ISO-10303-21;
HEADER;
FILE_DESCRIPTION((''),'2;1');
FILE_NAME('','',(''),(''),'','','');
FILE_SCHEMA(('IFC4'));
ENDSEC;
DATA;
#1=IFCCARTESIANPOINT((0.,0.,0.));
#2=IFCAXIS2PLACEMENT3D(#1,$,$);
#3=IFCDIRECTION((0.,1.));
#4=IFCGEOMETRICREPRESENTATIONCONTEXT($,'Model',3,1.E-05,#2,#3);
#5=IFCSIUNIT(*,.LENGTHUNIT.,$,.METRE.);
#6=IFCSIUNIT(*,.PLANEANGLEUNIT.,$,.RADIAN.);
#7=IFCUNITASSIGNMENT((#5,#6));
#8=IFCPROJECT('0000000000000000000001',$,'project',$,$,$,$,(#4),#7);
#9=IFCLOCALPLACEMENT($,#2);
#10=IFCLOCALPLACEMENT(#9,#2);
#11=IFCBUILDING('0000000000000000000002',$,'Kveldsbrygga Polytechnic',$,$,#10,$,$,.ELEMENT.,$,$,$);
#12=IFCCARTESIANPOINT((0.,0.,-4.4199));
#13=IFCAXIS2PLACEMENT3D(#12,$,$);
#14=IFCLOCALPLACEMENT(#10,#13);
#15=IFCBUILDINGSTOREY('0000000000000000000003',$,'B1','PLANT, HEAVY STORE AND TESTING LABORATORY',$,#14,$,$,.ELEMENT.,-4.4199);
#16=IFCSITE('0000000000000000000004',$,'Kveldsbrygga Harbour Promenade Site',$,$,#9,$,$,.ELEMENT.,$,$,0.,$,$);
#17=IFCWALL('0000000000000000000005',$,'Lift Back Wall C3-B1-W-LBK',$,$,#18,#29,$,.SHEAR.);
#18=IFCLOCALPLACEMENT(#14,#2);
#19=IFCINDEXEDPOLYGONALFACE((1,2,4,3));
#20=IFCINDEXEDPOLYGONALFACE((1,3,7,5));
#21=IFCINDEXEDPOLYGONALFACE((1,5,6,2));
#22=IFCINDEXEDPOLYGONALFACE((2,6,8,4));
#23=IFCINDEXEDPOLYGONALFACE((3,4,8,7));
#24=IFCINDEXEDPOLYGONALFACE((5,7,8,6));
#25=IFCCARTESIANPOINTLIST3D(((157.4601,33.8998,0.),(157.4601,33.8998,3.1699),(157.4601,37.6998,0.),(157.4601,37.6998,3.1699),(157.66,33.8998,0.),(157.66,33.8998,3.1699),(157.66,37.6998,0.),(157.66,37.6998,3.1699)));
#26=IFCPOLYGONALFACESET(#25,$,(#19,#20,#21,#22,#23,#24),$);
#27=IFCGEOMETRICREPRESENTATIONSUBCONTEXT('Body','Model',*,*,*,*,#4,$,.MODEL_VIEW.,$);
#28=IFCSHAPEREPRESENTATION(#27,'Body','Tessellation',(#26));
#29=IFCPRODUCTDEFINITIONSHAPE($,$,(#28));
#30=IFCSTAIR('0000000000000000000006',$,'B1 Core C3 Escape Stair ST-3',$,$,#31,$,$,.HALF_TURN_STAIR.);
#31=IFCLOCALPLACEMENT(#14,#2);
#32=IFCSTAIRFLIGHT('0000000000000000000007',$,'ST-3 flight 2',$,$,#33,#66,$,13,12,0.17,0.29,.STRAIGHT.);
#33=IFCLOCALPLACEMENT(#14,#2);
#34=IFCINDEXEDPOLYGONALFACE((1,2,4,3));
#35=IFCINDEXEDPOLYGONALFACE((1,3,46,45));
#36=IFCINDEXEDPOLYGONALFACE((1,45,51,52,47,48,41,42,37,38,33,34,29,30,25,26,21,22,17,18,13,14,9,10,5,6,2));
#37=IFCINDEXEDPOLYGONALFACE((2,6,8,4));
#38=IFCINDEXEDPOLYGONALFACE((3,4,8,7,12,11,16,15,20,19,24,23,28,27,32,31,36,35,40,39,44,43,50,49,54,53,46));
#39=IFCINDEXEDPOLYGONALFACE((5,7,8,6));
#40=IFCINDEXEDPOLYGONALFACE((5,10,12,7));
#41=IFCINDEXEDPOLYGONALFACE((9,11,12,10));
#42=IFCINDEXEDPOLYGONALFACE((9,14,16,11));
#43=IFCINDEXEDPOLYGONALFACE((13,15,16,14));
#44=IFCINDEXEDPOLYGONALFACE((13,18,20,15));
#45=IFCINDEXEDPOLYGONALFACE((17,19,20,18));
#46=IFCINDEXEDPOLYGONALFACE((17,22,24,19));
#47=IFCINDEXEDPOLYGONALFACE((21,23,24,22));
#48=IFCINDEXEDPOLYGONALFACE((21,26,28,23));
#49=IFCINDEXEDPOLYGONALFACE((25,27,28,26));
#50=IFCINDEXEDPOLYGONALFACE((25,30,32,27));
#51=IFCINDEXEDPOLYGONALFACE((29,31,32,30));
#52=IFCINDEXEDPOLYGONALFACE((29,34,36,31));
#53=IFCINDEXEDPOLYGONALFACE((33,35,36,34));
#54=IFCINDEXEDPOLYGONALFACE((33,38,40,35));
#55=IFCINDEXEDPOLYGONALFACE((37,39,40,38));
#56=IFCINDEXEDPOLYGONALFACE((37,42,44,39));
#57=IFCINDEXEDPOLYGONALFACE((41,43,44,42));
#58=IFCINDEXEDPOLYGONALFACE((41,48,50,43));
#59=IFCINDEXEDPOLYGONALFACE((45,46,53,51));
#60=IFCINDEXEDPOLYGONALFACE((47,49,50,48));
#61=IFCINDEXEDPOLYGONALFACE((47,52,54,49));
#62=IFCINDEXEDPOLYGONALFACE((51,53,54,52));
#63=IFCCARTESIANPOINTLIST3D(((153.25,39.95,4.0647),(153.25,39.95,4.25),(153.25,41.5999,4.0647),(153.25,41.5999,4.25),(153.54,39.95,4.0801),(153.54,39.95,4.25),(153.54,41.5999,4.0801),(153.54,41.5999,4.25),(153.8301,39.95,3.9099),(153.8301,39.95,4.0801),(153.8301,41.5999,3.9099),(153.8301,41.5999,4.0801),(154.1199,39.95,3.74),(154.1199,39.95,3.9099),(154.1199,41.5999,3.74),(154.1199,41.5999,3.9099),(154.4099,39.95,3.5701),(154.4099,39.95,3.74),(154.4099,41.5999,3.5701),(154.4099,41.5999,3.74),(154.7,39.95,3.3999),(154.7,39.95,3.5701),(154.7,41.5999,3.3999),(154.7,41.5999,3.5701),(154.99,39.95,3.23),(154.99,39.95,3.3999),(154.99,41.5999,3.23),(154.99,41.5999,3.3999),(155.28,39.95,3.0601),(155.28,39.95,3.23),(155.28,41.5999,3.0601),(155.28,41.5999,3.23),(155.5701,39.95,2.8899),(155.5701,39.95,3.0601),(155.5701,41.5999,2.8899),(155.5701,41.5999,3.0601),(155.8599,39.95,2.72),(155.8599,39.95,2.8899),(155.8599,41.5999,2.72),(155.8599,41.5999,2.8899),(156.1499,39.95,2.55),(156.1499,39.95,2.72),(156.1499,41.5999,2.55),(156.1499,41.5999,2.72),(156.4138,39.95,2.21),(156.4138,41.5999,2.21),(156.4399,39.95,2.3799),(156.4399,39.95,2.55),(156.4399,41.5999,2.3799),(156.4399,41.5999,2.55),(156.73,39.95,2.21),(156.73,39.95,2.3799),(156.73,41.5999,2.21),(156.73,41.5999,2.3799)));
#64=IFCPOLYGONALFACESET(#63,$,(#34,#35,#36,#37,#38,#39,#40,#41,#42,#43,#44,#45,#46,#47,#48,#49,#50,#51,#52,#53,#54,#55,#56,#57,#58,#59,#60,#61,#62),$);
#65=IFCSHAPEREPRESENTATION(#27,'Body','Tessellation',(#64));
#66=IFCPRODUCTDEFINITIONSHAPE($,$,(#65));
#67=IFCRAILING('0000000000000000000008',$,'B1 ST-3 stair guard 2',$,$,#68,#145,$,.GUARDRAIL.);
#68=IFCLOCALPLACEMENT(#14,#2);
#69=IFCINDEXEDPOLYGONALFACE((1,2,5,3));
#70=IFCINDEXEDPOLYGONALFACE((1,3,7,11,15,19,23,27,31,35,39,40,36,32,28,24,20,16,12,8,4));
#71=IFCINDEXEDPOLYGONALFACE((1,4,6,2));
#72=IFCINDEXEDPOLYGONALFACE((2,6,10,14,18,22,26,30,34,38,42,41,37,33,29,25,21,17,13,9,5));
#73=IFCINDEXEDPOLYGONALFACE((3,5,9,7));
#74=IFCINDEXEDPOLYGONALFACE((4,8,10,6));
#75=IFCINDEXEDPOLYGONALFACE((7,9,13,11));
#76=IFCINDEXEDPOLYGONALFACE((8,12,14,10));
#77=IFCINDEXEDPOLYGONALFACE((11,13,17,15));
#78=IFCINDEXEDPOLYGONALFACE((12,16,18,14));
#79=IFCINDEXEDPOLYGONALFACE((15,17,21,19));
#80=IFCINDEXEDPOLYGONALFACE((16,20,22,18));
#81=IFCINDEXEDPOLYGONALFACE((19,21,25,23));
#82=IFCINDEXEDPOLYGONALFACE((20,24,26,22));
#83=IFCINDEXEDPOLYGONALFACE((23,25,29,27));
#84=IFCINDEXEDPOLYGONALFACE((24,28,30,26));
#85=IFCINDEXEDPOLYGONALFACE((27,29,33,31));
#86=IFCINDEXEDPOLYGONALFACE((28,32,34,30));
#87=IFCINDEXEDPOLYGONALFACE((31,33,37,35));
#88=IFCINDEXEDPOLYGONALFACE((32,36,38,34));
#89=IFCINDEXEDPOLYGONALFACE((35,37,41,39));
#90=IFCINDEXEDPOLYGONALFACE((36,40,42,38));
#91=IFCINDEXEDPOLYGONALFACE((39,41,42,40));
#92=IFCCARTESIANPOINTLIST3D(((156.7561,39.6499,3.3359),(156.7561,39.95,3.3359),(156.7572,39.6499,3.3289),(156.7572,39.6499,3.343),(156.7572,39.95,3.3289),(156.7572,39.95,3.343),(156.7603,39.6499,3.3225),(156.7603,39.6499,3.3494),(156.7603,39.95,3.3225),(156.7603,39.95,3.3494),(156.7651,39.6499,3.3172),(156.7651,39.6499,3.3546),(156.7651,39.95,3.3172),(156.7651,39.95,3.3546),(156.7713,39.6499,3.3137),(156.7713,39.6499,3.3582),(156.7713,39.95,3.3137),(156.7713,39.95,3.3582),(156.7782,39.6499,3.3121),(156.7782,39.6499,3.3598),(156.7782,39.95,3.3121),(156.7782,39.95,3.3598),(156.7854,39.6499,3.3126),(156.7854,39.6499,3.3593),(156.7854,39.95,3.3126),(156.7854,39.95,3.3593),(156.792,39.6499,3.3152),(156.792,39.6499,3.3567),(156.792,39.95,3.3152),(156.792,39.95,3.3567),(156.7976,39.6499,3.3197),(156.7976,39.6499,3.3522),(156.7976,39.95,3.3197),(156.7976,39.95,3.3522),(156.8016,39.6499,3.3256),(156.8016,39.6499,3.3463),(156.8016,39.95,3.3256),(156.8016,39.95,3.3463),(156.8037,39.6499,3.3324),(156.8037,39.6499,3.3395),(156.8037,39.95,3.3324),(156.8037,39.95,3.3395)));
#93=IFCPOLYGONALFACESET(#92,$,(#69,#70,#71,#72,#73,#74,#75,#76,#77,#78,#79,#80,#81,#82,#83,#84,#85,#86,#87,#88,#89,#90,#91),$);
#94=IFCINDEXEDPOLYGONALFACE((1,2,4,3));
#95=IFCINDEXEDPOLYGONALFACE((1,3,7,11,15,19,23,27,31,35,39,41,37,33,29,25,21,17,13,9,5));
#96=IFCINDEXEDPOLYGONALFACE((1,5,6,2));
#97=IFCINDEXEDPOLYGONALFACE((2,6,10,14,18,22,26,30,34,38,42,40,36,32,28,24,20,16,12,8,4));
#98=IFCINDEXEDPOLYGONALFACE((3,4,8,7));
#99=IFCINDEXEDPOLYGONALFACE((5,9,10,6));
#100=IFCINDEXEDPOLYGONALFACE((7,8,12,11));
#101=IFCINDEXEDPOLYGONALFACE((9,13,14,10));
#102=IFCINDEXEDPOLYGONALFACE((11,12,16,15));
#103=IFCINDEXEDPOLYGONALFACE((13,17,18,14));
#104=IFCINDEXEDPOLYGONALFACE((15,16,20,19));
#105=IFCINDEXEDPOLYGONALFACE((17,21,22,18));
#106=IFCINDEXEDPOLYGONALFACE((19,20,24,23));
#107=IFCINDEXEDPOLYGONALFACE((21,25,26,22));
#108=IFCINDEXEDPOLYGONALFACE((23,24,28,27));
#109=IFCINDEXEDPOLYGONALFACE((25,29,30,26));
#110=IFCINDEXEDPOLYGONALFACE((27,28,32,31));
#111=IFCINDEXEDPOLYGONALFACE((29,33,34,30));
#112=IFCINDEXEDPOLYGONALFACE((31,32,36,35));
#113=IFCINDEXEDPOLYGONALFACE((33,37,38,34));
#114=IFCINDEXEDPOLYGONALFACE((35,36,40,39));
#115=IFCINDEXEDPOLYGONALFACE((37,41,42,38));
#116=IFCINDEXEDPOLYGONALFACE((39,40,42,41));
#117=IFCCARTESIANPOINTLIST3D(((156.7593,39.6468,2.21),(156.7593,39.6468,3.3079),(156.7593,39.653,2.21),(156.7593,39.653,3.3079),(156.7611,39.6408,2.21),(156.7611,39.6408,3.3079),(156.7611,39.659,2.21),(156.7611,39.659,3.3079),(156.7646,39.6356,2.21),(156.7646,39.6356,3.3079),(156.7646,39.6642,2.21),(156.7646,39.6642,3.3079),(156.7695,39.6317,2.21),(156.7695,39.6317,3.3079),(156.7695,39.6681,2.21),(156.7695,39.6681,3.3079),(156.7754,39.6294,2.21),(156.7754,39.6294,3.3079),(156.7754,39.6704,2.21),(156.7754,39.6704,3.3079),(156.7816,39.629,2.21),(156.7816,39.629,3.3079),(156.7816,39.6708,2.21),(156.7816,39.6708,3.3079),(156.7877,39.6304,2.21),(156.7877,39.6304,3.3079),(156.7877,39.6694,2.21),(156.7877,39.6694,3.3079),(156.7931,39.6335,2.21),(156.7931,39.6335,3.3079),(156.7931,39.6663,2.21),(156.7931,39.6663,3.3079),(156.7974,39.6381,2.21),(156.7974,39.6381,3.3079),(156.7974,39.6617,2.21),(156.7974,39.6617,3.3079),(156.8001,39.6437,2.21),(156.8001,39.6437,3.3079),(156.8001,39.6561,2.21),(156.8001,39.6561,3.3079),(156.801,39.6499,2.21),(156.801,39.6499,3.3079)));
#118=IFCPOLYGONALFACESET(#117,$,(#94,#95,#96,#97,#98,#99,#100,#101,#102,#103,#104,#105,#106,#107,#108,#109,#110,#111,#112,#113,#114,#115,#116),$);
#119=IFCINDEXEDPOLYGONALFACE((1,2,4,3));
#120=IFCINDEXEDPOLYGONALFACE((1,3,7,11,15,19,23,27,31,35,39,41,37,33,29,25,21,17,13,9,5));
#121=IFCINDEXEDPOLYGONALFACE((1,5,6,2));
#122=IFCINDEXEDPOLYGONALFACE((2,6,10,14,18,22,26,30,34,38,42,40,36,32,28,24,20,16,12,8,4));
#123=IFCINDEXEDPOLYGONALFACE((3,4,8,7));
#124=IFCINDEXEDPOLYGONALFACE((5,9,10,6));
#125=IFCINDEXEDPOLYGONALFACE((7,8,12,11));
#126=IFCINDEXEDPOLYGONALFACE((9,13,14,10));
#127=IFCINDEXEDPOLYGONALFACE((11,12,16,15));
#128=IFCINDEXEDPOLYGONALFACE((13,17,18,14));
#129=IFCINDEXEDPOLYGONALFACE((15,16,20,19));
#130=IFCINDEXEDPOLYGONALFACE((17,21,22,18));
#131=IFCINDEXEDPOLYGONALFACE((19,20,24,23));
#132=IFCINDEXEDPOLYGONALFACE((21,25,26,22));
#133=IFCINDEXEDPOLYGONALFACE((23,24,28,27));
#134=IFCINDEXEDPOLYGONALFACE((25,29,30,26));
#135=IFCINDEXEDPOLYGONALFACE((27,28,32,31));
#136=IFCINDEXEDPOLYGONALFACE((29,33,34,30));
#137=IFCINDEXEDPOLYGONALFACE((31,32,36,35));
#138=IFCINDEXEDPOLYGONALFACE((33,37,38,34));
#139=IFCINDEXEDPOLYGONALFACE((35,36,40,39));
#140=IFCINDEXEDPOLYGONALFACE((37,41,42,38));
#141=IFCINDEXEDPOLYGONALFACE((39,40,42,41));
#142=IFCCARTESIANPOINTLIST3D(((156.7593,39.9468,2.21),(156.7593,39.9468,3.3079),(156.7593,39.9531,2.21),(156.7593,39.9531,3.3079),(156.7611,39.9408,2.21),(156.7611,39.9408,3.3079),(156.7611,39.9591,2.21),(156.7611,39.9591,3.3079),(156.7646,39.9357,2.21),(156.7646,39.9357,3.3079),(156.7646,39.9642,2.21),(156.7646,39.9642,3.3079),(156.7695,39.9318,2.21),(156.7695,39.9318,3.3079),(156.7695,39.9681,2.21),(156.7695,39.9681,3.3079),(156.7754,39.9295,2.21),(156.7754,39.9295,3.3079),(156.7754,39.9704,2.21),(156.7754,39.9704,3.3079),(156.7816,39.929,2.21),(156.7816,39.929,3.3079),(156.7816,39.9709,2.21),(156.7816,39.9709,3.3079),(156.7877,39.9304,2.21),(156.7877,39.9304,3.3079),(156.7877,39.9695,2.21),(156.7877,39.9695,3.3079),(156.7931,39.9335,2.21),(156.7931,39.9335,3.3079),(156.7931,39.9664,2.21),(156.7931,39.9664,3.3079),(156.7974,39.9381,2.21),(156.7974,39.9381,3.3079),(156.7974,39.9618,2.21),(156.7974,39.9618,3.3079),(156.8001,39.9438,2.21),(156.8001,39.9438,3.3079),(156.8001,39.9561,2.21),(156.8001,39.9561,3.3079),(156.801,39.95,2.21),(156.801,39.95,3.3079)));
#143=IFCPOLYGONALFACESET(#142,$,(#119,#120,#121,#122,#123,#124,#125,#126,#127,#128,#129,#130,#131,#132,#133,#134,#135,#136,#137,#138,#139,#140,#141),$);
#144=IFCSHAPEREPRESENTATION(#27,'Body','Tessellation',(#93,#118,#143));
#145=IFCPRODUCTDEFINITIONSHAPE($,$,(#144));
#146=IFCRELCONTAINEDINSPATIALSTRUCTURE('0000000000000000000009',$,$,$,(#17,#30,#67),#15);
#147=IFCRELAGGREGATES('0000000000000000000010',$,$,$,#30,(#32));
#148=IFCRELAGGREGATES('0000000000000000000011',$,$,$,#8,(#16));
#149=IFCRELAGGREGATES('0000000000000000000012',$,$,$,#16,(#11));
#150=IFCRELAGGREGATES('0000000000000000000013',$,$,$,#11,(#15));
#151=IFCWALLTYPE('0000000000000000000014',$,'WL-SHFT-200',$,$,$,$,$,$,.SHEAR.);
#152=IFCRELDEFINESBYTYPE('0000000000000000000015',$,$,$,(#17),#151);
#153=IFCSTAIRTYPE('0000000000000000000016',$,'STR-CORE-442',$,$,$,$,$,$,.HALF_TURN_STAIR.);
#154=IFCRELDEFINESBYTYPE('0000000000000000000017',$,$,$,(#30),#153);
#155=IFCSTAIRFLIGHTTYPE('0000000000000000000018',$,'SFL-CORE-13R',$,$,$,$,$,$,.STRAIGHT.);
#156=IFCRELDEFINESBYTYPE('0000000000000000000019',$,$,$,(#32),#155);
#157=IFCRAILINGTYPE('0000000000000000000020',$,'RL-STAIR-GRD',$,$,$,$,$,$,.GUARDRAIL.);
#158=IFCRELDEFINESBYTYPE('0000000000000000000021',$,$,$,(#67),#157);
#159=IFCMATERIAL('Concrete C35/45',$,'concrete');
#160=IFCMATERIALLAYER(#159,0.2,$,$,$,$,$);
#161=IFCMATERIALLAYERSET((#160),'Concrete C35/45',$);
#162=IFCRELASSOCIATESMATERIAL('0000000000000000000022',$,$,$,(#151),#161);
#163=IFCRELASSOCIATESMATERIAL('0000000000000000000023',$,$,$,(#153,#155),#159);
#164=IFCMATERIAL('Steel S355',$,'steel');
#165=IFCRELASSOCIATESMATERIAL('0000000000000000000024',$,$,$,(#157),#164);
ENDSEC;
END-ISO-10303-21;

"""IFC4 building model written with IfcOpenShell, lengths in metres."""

from ifc_helpers import new_model, si_unit, direction, frame, frame_2d, origin, origin_2d, place, context, subcontext, project, spatial, polyline, rectangle, circle, outline, extrude, material, layer, layer_set, type_object, element, aggregate, save


model = new_model("IFC4")

# Units and contexts
model_context = context("Model", 3, precision=1e-05, world=origin(), true_north=direction((0.0, 1.0)))
body_context = subcontext(model_context, "Body", "Model", "MODEL_VIEW")
ifc_project = project(units=[si_unit("LENGTHUNIT", "METRE"), si_unit("PLANEANGLEUNIT", "RADIAN")], contexts=[model_context])

# Site, building, storey
site_placement = place(None, origin())
site = spatial("IfcSite", under=ifc_project, at=site_placement, Name="Kveldsbrygga Harbour Promenade Site", CompositionType="ELEMENT", RefElevation=0.0)
building_placement = place(site_placement, origin())
building = spatial("IfcBuilding", under=site, at=building_placement, Name="Kveldsbrygga Polytechnic", CompositionType="ELEMENT")
storey_placement = place(building_placement, frame((0.0, 0.0, -4.4199)))
storey = spatial("IfcBuildingStorey", under=building, at=storey_placement, Name="B1", Description="PLANT, HEAVY STORE AND TESTING LABORATORY", CompositionType="ELEMENT", Elevation=-4.4199)

# Shared definitions
ifc_material_1 = material(Name="Concrete C35/45", Category="concrete")
ifc_material_2 = material(Name="Steel S355", Category="steel")

# Wall
ifc_layer_1 = layer(ifc_material_1, 0.2)
ifc_layer_set_1 = layer_set([ifc_layer_1], Name="Concrete C35/45")
wall_type_1 = type_object("IfcWallType", Name="WL-SHFT-200", PredefinedType="SHEAR", material=ifc_layer_set_1)
wall_1_placement = place(storey_placement, frame((157.5601, 33.8999, 0.0), z_axis=(0.0, 0.0, 1.0), x_axis=(0.0, 1.0, 0.0)))
element("IfcWall", 1, at=wall_1_placement, inside=storey, type_object=wall_type_1, Name="Lift Back Wall C3-B1-W-LBK", PredefinedType="SHEAR", context=body_context, shape_type="SweptSolid", body=[
    extrude(rectangle(XDim=3.8, YDim=0.2, at=frame_2d((1.8999, 0.0))), origin(), (0.0, 0.0, 1.0), 3.1699),
])

# Stair, stair flight
stair_type = type_object("IfcStairType", Name="STR-CORE-442", PredefinedType="HALF_TURN_STAIR", material=ifc_material_1)
stair_placement = place(storey_placement, origin())
stair = element("IfcStair", 2, at=stair_placement, inside=storey, type_object=stair_type, Name="B1 Core C3 Escape Stair ST-3", PredefinedType="HALF_TURN_STAIR")
stair_flight_type = type_object("IfcStairFlightType", Name="SFL-CORE-13R", PredefinedType="STRAIGHT", material=ifc_material_1)
stair_flight_placement = place(storey_placement, frame((156.73, 40.7749, 2.21), z_axis=(0.0, 0.0, 1.0), x_axis=(-1.0, 0.0, 0.0)))
stair_flight = element("IfcStairFlight", 3, at=stair_flight_placement, type_object=stair_flight_type, Name="ST-3 flight 2", NumberOfRisers=13, NumberOfTreads=12, PredefinedType="STRAIGHT", RiserHeight=0.17, TreadLength=0.29, context=body_context, shape_type="SweptSolid", body=[
    extrude(outline(polyline([(0.0, 0.0), (0.0, 0.1699), (0.29, 0.1699), (0.29, 0.3401), (0.5801, 0.3401), (0.5801, 0.51), (0.8701, 0.51), (0.8701, 0.6799), (1.1599, 0.6799), (1.1599, 0.8501), (1.45, 0.8501), (1.45, 1.02), (1.74, 1.02), (1.74, 1.1899), (2.03, 1.1899), (2.03, 1.3601), (2.3201, 1.3601), (2.3201, 1.53), (2.6101, 1.53), (2.6101, 1.7), (2.8999, 1.7), (2.8999, 1.8701), (3.1899, 1.8701), (3.1899, 2.04), (3.48, 2.04), (3.48, 2.21), (3.48, 1.8547), (0.3162, 0.0), (0.0, 0.0)])), frame((0.0, 0.825, 0.0), z_axis=(0.0, -1.0, 0.0), x_axis=(1.0, 0.0, 0.0)), (0.0, 0.0, 1.0), 1.6499),
])
aggregate(stair, [stair_flight])

# Railing
railing_type_1 = type_object("IfcRailingType", Name="RL-STAIR-GRD", PredefinedType="GUARDRAIL", material=ifc_material_2)
railing_1_placement = place(storey_placement, frame((156.78, 39.6499, 2.21)))
element("IfcRailing", 4, at=railing_1_placement, inside=storey, type_object=railing_type_1, Name="B1 ST-3 stair guard 2", PredefinedType="GUARDRAIL", context=body_context, shape_type="SweptSolid", body=[
    extrude(circle(Radius=0.0239, at=origin_2d()), frame((0.0, 0.0, 1.126), z_axis=(0.0, 1.0, 0.0), x_axis=(-1.0, 0.0, 0.0)), (0.0, 0.0, 1.0), 0.3),
    extrude(circle(Radius=0.021, at=origin_2d()), origin(), (0.0, 0.0, 1.0), 1.0979),
    extrude(circle(Radius=0.021, at=origin_2d()), frame((0.0, 0.3, 0.0)), (0.0, 0.0, 1.0), 1.0979),
])

save(model, "model.ifc")
